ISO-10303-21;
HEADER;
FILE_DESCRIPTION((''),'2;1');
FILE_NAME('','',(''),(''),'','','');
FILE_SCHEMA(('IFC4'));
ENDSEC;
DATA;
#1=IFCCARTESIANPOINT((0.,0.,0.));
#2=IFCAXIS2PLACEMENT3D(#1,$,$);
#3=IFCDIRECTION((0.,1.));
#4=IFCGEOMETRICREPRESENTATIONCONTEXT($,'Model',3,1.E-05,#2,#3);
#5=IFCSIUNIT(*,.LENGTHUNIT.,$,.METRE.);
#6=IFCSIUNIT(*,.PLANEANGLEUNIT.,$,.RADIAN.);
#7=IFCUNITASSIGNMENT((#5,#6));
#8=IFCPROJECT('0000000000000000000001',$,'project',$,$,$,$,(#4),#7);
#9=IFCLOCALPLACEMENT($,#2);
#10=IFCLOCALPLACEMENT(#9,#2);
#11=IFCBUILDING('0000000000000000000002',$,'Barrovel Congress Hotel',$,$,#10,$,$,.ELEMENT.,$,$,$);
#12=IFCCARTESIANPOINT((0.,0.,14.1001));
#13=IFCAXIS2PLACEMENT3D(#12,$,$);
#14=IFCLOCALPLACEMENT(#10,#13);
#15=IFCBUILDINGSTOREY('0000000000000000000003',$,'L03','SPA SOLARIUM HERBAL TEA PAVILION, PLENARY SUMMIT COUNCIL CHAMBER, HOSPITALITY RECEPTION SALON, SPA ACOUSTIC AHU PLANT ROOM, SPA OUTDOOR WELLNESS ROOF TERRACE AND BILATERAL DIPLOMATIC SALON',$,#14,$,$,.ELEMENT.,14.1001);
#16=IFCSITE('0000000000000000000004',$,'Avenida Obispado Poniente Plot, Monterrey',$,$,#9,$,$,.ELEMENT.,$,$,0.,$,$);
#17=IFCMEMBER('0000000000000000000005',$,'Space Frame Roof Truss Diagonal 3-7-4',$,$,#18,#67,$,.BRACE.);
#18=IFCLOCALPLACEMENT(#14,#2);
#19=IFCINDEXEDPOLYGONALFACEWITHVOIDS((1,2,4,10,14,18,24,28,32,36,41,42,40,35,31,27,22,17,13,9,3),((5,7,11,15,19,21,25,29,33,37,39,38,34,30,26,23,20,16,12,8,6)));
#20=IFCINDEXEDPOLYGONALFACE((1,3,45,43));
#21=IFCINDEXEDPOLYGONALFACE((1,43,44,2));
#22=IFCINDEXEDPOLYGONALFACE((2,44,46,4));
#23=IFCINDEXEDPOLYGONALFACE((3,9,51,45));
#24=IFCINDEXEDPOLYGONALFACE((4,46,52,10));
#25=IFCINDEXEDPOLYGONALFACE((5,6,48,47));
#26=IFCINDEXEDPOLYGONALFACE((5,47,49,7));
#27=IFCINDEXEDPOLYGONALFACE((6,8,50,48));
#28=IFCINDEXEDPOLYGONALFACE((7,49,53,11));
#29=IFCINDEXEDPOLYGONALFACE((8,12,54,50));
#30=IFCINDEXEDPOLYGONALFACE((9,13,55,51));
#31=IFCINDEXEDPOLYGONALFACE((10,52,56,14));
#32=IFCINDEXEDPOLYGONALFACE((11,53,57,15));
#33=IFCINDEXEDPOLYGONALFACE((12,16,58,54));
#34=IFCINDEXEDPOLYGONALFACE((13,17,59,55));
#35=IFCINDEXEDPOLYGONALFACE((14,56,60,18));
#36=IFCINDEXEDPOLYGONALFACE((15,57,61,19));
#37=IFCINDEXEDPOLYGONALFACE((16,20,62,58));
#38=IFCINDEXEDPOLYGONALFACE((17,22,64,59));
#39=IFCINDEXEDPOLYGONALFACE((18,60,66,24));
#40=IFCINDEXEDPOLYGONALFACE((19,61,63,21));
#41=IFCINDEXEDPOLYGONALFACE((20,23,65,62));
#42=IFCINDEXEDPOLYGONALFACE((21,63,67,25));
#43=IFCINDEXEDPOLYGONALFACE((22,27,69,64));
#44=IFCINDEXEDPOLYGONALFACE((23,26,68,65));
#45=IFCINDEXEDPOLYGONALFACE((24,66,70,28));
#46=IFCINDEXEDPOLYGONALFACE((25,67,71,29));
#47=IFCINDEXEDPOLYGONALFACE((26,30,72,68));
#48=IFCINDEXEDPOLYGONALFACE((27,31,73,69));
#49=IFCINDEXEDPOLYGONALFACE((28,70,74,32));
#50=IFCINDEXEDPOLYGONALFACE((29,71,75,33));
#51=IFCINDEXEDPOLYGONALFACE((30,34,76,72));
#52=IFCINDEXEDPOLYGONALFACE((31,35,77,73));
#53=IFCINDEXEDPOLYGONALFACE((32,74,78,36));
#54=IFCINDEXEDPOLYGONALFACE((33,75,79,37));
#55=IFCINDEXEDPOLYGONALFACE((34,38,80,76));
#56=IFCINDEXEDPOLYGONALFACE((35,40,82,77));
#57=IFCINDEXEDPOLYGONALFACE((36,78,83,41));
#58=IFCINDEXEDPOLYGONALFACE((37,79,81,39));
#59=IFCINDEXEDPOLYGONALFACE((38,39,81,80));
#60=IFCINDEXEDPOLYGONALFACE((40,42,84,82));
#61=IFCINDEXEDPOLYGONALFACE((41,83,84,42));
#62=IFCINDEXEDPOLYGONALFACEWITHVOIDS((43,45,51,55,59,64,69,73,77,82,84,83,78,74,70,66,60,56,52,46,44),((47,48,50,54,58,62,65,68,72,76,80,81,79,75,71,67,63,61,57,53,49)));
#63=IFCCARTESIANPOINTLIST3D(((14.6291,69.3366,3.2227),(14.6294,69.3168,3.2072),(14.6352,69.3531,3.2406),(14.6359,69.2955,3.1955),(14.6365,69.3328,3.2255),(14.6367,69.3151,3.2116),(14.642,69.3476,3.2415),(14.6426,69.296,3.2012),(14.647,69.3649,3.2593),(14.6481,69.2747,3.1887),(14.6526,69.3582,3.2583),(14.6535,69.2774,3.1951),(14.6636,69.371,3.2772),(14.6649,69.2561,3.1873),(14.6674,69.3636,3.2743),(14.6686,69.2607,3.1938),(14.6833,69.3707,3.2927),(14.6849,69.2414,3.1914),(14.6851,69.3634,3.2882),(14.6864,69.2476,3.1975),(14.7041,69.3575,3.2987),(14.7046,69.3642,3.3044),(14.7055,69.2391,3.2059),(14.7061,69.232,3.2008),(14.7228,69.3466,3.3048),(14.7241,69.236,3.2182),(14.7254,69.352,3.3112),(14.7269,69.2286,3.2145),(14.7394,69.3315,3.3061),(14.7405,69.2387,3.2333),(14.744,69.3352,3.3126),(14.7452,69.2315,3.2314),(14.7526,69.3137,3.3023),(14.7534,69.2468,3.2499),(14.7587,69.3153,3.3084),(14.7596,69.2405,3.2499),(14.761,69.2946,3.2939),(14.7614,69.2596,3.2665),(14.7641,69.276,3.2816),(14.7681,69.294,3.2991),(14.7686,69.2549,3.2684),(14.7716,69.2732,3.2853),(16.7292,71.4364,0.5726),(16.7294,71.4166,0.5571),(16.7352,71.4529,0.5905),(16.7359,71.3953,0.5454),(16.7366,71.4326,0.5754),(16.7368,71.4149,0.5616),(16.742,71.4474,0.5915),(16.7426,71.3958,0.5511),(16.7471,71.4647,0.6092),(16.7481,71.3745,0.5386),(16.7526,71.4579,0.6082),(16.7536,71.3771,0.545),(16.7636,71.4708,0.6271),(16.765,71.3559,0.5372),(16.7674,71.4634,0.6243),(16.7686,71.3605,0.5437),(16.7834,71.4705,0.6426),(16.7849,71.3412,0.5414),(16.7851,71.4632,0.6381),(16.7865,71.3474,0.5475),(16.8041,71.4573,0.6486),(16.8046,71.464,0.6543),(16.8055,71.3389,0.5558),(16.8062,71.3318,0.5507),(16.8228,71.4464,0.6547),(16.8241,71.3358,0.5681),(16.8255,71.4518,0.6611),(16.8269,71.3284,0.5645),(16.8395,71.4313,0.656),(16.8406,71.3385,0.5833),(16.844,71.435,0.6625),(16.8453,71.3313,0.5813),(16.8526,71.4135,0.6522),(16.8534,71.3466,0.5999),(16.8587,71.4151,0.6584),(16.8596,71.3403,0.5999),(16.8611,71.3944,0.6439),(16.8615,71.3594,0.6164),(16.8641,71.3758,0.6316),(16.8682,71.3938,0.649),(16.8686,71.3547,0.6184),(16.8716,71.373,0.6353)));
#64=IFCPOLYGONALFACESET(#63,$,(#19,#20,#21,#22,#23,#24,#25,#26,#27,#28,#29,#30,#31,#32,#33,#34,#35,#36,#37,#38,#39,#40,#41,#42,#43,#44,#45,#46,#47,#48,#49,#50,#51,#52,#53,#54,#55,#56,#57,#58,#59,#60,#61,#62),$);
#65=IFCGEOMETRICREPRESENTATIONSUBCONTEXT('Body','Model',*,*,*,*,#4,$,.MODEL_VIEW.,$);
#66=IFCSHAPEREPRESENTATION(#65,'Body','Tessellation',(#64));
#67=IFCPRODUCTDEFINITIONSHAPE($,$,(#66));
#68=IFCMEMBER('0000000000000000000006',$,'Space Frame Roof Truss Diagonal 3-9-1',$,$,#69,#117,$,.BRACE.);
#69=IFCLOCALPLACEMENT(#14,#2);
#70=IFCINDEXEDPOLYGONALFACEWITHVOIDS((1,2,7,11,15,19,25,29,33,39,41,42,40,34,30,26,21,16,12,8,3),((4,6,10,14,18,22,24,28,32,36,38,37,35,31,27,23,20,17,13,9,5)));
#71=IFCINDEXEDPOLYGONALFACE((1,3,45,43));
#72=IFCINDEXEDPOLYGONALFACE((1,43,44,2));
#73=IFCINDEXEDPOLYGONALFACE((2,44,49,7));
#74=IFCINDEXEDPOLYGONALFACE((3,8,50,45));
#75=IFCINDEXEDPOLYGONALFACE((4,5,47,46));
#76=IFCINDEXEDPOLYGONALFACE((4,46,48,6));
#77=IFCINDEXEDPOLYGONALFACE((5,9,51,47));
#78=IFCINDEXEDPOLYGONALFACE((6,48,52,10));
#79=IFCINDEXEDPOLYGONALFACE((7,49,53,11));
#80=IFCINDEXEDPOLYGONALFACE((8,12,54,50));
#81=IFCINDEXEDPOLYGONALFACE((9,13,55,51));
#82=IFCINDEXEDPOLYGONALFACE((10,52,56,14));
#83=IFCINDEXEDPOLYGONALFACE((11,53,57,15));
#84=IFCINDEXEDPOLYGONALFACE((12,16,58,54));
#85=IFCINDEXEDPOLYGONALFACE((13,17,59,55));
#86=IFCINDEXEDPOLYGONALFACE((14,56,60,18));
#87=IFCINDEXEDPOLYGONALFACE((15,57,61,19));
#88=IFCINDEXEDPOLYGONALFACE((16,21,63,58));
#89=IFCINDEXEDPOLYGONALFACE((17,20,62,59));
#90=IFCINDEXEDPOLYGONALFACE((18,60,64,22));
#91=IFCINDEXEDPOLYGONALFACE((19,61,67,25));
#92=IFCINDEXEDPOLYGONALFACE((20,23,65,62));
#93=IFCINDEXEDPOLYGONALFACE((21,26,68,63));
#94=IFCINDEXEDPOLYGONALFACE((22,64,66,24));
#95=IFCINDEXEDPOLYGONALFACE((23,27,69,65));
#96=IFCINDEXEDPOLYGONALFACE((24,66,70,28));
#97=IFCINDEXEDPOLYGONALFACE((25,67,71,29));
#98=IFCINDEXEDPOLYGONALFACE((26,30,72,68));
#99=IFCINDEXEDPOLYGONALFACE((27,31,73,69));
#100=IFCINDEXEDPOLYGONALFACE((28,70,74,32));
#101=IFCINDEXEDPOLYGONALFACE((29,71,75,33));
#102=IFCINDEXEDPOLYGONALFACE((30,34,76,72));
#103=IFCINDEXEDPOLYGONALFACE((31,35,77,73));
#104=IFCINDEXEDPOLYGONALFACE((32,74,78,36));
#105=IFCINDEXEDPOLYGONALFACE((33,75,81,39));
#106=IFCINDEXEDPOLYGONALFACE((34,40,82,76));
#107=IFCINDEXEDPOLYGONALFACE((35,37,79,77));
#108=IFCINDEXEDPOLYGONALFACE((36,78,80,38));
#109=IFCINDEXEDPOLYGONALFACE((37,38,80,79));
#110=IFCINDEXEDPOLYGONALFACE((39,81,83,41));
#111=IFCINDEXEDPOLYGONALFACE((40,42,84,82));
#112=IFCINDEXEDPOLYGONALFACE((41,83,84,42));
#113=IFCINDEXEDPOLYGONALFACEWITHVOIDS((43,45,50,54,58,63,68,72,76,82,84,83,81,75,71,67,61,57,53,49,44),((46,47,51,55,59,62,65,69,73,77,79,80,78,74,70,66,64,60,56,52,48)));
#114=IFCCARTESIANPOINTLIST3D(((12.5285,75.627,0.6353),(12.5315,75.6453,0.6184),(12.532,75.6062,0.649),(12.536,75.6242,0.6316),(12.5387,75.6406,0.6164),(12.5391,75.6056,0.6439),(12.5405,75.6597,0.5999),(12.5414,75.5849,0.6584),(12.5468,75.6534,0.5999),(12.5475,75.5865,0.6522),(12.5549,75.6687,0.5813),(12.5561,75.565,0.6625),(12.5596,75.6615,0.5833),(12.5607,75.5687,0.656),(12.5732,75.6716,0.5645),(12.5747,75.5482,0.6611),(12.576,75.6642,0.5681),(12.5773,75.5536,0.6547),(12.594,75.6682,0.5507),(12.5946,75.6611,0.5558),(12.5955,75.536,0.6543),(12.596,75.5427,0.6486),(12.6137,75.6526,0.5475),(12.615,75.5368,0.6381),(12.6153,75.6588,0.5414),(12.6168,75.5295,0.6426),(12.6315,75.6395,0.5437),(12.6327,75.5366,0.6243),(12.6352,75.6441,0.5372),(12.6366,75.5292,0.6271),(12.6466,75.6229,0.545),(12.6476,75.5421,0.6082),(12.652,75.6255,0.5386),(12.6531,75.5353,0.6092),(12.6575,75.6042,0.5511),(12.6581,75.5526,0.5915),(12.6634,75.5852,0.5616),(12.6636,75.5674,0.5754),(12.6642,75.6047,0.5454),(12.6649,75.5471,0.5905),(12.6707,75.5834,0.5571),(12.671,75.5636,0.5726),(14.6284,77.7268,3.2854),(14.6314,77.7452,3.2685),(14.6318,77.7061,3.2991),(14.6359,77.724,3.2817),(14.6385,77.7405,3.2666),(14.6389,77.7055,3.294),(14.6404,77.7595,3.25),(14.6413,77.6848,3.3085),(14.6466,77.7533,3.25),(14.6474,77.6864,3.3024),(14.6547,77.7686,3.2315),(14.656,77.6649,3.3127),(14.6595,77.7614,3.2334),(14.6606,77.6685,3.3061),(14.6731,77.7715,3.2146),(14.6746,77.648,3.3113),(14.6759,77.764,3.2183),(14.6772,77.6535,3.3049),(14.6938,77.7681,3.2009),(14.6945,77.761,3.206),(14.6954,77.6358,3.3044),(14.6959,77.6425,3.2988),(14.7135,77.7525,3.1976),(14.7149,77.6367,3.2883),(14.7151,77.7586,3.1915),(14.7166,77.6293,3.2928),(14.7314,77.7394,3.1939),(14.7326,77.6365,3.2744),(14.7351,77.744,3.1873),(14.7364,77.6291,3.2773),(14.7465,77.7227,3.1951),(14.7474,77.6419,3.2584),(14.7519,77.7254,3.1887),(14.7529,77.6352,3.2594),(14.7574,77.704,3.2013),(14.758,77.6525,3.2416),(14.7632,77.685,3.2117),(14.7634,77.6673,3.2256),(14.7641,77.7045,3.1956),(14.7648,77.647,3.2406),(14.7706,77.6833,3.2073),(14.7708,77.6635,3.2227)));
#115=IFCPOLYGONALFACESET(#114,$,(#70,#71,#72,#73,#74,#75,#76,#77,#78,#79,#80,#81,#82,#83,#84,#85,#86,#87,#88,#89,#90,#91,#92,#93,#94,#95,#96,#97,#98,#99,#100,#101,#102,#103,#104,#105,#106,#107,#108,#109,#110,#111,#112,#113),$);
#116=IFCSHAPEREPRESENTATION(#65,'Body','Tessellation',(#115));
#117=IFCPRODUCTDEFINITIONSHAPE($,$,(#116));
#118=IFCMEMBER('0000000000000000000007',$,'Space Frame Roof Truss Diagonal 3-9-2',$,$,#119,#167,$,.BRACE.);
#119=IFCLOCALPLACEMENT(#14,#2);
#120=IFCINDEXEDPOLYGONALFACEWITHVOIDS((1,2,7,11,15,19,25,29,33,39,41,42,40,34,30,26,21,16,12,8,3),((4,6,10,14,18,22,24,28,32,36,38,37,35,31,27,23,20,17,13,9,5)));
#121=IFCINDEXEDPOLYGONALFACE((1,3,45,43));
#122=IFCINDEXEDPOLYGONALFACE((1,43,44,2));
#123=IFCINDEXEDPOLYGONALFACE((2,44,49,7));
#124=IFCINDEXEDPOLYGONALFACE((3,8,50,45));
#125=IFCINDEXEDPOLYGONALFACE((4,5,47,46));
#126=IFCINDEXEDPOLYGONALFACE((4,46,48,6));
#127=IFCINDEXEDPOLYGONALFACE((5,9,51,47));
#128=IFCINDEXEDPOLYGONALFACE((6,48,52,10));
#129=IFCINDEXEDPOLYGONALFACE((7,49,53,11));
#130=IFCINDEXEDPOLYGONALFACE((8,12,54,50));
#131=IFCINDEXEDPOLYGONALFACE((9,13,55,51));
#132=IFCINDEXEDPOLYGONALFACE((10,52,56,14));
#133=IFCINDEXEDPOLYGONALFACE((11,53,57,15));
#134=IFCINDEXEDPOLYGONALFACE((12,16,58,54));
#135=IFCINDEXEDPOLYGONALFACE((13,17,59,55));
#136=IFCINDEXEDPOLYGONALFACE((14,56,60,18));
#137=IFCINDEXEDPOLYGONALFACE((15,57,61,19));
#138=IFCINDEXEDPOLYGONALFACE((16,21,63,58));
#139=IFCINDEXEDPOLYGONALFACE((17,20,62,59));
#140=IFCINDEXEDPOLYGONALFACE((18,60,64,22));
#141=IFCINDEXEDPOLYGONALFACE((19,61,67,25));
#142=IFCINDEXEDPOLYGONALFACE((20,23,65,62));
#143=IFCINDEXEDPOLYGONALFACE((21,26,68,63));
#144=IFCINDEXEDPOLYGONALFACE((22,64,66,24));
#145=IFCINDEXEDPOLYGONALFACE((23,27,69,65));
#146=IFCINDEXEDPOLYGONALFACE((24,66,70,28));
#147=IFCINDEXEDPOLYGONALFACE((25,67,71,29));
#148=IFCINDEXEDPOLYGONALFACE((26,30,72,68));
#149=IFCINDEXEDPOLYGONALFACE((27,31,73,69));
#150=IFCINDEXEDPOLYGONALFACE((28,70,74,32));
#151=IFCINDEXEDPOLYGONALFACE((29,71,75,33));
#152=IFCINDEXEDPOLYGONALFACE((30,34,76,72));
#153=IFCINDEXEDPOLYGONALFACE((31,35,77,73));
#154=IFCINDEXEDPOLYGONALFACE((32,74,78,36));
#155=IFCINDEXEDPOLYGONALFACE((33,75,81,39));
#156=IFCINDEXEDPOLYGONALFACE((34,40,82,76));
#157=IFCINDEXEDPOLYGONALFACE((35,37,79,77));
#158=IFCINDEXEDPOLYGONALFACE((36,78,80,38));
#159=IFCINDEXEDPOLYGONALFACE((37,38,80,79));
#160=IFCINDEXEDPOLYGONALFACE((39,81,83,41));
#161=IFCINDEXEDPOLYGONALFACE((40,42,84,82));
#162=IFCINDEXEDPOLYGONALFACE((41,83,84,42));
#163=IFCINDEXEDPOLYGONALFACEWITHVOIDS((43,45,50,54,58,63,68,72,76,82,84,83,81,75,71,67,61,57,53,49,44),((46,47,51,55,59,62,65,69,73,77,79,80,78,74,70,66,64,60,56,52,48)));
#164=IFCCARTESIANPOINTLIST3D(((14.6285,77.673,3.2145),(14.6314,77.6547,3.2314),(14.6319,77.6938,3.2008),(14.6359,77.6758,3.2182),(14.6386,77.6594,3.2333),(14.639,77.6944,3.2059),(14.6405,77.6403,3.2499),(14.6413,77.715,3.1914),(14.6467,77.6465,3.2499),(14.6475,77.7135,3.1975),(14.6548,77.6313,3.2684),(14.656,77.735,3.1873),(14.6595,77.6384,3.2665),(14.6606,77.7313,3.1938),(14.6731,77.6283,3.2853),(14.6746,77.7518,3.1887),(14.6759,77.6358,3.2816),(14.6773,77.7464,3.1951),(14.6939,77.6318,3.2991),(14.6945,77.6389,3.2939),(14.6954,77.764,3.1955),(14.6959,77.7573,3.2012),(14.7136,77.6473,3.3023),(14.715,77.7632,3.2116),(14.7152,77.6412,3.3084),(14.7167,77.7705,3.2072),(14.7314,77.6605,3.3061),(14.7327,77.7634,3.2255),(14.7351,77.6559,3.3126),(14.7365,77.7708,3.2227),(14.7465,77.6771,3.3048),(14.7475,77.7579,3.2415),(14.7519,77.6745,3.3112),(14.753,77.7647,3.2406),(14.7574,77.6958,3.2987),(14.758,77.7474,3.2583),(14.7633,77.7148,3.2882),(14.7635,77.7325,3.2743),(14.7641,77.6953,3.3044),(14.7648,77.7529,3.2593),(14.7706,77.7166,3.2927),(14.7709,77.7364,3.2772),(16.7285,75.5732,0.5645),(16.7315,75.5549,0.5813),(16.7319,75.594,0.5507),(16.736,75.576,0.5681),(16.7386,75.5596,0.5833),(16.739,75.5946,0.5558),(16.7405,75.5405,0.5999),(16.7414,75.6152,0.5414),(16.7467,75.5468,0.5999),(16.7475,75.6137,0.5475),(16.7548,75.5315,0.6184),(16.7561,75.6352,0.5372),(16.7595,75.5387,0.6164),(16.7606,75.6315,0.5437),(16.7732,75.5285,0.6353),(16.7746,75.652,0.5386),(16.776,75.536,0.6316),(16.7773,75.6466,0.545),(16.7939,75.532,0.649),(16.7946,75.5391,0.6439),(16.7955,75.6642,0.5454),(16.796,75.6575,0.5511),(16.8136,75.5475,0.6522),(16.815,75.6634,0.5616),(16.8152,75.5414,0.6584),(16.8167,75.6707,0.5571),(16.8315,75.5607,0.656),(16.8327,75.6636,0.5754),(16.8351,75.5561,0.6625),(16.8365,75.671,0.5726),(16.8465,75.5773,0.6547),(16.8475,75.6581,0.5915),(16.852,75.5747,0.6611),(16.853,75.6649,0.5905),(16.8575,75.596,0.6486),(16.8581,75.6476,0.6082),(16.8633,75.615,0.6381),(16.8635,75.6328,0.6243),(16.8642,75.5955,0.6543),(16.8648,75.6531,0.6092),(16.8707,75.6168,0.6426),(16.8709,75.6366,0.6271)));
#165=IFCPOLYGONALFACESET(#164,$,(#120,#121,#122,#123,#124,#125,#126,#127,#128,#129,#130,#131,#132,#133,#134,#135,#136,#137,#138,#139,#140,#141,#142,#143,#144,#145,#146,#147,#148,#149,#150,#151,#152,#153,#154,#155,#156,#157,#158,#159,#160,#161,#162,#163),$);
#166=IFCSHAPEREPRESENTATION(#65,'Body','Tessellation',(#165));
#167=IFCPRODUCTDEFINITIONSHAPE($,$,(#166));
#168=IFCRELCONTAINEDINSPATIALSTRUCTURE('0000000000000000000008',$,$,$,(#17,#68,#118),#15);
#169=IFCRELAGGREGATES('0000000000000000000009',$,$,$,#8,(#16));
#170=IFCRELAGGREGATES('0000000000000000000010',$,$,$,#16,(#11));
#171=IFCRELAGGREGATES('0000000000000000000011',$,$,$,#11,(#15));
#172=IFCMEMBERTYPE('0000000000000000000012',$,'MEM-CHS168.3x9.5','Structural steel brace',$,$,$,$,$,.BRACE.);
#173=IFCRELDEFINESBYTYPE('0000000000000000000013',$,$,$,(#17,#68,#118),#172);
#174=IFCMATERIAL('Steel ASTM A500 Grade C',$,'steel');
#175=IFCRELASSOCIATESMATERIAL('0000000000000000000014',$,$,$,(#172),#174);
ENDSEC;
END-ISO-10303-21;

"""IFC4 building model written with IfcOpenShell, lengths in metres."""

from ifc_helpers import new_model, si_unit, direction, frame, origin, origin_2d, place, context, subcontext, project, spatial, hollow_circle, extrude, material, material_profile, profile_set, type_object, element, save


model = new_model("IFC4")

# Units and contexts
model_context = context("Model", 3, precision=1e-05, world=origin(), true_north=direction((0.0, 1.0)))
body_context = subcontext(model_context, "Body", "Model", "MODEL_VIEW")
ifc_project = project(units=[si_unit("LENGTHUNIT", "METRE"), si_unit("PLANEANGLEUNIT", "RADIAN")], contexts=[model_context])

# Site, building, storey
site_placement = place(None, origin())
site = spatial("IfcSite", under=ifc_project, at=site_placement, Name="Avenida Obispado Poniente Plot, Monterrey", CompositionType="ELEMENT", RefElevation=0.0)
building_placement = place(site_placement, origin())
building = spatial("IfcBuilding", under=site, at=building_placement, Name="Barrovel Congress Hotel", CompositionType="ELEMENT")
storey_placement = place(building_placement, frame((0.0, 0.0, 14.1001)))
storey = spatial("IfcBuildingStorey", under=building, at=storey_placement, Name="L03", Description="SPA SOLARIUM HERBAL TEA PAVILION, PLENARY SUMMIT COUNCIL CHAMBER, HOSPITALITY RECEPTION SALON, SPA ACOUSTIC AHU PLANT ROOM, SPA OUTDOOR WELLNESS ROOF TERRACE AND BILATERAL DIPLOMATIC SALON", CompositionType="ELEMENT", Elevation=14.1001)

# Members
ifc_material_1 = material(Name="Steel ASTM A500 Grade C", Category="steel")
ifc_material_profile_1 = material_profile(ifc_material_1, hollow_circle(Radius=0.0842, WallThickness=0.0088, at=origin_2d()), Name="CHS168.3x9.5")
ifc_profile_set_1 = profile_set([ifc_material_profile_1], Name="Steel ASTM A500 Grade C")
member_type_1 = type_object("IfcMemberType", Name="MEM-CHS168.3x9.5", Description="Structural steel brace", PredefinedType="BRACE", material=ifc_profile_set_1)
for number, where, z_axis, x_axis, name in (
    (1, (16.8, 71.3999, 0.5999), (-0.527618, -0.527557, 0.66581), (0.707066, -0.707148, 0.0), "Space Frame Roof Truss Diagonal 3-7-4"),
    (2, (12.6001, 75.6001, 0.5999), (0.527574, 0.527574, 0.665831), (-0.707107, 0.707107, 0.0), "Space Frame Roof Truss Diagonal 3-9-1"),
    (3, (16.8, 75.6001, 0.5999), (-0.527618, 0.527557, 0.66581), (-0.707066, -0.707148, 0.0), "Space Frame Roof Truss Diagonal 3-9-2"),
):
    element("IfcMember", number, at=place(storey_placement, frame(where, z_axis=z_axis, x_axis=x_axis)), inside=storey, type_object=member_type_1, Name=name, PredefinedType="BRACE", context=body_context, shape_type="SweptSolid", body=[
        extrude(hollow_circle(Radius=0.0842, WallThickness=0.0088, at=origin_2d()), origin(), (0.0, 0.0, 1.0), 3.9802),
    ])

save(model, "model.ifc")
